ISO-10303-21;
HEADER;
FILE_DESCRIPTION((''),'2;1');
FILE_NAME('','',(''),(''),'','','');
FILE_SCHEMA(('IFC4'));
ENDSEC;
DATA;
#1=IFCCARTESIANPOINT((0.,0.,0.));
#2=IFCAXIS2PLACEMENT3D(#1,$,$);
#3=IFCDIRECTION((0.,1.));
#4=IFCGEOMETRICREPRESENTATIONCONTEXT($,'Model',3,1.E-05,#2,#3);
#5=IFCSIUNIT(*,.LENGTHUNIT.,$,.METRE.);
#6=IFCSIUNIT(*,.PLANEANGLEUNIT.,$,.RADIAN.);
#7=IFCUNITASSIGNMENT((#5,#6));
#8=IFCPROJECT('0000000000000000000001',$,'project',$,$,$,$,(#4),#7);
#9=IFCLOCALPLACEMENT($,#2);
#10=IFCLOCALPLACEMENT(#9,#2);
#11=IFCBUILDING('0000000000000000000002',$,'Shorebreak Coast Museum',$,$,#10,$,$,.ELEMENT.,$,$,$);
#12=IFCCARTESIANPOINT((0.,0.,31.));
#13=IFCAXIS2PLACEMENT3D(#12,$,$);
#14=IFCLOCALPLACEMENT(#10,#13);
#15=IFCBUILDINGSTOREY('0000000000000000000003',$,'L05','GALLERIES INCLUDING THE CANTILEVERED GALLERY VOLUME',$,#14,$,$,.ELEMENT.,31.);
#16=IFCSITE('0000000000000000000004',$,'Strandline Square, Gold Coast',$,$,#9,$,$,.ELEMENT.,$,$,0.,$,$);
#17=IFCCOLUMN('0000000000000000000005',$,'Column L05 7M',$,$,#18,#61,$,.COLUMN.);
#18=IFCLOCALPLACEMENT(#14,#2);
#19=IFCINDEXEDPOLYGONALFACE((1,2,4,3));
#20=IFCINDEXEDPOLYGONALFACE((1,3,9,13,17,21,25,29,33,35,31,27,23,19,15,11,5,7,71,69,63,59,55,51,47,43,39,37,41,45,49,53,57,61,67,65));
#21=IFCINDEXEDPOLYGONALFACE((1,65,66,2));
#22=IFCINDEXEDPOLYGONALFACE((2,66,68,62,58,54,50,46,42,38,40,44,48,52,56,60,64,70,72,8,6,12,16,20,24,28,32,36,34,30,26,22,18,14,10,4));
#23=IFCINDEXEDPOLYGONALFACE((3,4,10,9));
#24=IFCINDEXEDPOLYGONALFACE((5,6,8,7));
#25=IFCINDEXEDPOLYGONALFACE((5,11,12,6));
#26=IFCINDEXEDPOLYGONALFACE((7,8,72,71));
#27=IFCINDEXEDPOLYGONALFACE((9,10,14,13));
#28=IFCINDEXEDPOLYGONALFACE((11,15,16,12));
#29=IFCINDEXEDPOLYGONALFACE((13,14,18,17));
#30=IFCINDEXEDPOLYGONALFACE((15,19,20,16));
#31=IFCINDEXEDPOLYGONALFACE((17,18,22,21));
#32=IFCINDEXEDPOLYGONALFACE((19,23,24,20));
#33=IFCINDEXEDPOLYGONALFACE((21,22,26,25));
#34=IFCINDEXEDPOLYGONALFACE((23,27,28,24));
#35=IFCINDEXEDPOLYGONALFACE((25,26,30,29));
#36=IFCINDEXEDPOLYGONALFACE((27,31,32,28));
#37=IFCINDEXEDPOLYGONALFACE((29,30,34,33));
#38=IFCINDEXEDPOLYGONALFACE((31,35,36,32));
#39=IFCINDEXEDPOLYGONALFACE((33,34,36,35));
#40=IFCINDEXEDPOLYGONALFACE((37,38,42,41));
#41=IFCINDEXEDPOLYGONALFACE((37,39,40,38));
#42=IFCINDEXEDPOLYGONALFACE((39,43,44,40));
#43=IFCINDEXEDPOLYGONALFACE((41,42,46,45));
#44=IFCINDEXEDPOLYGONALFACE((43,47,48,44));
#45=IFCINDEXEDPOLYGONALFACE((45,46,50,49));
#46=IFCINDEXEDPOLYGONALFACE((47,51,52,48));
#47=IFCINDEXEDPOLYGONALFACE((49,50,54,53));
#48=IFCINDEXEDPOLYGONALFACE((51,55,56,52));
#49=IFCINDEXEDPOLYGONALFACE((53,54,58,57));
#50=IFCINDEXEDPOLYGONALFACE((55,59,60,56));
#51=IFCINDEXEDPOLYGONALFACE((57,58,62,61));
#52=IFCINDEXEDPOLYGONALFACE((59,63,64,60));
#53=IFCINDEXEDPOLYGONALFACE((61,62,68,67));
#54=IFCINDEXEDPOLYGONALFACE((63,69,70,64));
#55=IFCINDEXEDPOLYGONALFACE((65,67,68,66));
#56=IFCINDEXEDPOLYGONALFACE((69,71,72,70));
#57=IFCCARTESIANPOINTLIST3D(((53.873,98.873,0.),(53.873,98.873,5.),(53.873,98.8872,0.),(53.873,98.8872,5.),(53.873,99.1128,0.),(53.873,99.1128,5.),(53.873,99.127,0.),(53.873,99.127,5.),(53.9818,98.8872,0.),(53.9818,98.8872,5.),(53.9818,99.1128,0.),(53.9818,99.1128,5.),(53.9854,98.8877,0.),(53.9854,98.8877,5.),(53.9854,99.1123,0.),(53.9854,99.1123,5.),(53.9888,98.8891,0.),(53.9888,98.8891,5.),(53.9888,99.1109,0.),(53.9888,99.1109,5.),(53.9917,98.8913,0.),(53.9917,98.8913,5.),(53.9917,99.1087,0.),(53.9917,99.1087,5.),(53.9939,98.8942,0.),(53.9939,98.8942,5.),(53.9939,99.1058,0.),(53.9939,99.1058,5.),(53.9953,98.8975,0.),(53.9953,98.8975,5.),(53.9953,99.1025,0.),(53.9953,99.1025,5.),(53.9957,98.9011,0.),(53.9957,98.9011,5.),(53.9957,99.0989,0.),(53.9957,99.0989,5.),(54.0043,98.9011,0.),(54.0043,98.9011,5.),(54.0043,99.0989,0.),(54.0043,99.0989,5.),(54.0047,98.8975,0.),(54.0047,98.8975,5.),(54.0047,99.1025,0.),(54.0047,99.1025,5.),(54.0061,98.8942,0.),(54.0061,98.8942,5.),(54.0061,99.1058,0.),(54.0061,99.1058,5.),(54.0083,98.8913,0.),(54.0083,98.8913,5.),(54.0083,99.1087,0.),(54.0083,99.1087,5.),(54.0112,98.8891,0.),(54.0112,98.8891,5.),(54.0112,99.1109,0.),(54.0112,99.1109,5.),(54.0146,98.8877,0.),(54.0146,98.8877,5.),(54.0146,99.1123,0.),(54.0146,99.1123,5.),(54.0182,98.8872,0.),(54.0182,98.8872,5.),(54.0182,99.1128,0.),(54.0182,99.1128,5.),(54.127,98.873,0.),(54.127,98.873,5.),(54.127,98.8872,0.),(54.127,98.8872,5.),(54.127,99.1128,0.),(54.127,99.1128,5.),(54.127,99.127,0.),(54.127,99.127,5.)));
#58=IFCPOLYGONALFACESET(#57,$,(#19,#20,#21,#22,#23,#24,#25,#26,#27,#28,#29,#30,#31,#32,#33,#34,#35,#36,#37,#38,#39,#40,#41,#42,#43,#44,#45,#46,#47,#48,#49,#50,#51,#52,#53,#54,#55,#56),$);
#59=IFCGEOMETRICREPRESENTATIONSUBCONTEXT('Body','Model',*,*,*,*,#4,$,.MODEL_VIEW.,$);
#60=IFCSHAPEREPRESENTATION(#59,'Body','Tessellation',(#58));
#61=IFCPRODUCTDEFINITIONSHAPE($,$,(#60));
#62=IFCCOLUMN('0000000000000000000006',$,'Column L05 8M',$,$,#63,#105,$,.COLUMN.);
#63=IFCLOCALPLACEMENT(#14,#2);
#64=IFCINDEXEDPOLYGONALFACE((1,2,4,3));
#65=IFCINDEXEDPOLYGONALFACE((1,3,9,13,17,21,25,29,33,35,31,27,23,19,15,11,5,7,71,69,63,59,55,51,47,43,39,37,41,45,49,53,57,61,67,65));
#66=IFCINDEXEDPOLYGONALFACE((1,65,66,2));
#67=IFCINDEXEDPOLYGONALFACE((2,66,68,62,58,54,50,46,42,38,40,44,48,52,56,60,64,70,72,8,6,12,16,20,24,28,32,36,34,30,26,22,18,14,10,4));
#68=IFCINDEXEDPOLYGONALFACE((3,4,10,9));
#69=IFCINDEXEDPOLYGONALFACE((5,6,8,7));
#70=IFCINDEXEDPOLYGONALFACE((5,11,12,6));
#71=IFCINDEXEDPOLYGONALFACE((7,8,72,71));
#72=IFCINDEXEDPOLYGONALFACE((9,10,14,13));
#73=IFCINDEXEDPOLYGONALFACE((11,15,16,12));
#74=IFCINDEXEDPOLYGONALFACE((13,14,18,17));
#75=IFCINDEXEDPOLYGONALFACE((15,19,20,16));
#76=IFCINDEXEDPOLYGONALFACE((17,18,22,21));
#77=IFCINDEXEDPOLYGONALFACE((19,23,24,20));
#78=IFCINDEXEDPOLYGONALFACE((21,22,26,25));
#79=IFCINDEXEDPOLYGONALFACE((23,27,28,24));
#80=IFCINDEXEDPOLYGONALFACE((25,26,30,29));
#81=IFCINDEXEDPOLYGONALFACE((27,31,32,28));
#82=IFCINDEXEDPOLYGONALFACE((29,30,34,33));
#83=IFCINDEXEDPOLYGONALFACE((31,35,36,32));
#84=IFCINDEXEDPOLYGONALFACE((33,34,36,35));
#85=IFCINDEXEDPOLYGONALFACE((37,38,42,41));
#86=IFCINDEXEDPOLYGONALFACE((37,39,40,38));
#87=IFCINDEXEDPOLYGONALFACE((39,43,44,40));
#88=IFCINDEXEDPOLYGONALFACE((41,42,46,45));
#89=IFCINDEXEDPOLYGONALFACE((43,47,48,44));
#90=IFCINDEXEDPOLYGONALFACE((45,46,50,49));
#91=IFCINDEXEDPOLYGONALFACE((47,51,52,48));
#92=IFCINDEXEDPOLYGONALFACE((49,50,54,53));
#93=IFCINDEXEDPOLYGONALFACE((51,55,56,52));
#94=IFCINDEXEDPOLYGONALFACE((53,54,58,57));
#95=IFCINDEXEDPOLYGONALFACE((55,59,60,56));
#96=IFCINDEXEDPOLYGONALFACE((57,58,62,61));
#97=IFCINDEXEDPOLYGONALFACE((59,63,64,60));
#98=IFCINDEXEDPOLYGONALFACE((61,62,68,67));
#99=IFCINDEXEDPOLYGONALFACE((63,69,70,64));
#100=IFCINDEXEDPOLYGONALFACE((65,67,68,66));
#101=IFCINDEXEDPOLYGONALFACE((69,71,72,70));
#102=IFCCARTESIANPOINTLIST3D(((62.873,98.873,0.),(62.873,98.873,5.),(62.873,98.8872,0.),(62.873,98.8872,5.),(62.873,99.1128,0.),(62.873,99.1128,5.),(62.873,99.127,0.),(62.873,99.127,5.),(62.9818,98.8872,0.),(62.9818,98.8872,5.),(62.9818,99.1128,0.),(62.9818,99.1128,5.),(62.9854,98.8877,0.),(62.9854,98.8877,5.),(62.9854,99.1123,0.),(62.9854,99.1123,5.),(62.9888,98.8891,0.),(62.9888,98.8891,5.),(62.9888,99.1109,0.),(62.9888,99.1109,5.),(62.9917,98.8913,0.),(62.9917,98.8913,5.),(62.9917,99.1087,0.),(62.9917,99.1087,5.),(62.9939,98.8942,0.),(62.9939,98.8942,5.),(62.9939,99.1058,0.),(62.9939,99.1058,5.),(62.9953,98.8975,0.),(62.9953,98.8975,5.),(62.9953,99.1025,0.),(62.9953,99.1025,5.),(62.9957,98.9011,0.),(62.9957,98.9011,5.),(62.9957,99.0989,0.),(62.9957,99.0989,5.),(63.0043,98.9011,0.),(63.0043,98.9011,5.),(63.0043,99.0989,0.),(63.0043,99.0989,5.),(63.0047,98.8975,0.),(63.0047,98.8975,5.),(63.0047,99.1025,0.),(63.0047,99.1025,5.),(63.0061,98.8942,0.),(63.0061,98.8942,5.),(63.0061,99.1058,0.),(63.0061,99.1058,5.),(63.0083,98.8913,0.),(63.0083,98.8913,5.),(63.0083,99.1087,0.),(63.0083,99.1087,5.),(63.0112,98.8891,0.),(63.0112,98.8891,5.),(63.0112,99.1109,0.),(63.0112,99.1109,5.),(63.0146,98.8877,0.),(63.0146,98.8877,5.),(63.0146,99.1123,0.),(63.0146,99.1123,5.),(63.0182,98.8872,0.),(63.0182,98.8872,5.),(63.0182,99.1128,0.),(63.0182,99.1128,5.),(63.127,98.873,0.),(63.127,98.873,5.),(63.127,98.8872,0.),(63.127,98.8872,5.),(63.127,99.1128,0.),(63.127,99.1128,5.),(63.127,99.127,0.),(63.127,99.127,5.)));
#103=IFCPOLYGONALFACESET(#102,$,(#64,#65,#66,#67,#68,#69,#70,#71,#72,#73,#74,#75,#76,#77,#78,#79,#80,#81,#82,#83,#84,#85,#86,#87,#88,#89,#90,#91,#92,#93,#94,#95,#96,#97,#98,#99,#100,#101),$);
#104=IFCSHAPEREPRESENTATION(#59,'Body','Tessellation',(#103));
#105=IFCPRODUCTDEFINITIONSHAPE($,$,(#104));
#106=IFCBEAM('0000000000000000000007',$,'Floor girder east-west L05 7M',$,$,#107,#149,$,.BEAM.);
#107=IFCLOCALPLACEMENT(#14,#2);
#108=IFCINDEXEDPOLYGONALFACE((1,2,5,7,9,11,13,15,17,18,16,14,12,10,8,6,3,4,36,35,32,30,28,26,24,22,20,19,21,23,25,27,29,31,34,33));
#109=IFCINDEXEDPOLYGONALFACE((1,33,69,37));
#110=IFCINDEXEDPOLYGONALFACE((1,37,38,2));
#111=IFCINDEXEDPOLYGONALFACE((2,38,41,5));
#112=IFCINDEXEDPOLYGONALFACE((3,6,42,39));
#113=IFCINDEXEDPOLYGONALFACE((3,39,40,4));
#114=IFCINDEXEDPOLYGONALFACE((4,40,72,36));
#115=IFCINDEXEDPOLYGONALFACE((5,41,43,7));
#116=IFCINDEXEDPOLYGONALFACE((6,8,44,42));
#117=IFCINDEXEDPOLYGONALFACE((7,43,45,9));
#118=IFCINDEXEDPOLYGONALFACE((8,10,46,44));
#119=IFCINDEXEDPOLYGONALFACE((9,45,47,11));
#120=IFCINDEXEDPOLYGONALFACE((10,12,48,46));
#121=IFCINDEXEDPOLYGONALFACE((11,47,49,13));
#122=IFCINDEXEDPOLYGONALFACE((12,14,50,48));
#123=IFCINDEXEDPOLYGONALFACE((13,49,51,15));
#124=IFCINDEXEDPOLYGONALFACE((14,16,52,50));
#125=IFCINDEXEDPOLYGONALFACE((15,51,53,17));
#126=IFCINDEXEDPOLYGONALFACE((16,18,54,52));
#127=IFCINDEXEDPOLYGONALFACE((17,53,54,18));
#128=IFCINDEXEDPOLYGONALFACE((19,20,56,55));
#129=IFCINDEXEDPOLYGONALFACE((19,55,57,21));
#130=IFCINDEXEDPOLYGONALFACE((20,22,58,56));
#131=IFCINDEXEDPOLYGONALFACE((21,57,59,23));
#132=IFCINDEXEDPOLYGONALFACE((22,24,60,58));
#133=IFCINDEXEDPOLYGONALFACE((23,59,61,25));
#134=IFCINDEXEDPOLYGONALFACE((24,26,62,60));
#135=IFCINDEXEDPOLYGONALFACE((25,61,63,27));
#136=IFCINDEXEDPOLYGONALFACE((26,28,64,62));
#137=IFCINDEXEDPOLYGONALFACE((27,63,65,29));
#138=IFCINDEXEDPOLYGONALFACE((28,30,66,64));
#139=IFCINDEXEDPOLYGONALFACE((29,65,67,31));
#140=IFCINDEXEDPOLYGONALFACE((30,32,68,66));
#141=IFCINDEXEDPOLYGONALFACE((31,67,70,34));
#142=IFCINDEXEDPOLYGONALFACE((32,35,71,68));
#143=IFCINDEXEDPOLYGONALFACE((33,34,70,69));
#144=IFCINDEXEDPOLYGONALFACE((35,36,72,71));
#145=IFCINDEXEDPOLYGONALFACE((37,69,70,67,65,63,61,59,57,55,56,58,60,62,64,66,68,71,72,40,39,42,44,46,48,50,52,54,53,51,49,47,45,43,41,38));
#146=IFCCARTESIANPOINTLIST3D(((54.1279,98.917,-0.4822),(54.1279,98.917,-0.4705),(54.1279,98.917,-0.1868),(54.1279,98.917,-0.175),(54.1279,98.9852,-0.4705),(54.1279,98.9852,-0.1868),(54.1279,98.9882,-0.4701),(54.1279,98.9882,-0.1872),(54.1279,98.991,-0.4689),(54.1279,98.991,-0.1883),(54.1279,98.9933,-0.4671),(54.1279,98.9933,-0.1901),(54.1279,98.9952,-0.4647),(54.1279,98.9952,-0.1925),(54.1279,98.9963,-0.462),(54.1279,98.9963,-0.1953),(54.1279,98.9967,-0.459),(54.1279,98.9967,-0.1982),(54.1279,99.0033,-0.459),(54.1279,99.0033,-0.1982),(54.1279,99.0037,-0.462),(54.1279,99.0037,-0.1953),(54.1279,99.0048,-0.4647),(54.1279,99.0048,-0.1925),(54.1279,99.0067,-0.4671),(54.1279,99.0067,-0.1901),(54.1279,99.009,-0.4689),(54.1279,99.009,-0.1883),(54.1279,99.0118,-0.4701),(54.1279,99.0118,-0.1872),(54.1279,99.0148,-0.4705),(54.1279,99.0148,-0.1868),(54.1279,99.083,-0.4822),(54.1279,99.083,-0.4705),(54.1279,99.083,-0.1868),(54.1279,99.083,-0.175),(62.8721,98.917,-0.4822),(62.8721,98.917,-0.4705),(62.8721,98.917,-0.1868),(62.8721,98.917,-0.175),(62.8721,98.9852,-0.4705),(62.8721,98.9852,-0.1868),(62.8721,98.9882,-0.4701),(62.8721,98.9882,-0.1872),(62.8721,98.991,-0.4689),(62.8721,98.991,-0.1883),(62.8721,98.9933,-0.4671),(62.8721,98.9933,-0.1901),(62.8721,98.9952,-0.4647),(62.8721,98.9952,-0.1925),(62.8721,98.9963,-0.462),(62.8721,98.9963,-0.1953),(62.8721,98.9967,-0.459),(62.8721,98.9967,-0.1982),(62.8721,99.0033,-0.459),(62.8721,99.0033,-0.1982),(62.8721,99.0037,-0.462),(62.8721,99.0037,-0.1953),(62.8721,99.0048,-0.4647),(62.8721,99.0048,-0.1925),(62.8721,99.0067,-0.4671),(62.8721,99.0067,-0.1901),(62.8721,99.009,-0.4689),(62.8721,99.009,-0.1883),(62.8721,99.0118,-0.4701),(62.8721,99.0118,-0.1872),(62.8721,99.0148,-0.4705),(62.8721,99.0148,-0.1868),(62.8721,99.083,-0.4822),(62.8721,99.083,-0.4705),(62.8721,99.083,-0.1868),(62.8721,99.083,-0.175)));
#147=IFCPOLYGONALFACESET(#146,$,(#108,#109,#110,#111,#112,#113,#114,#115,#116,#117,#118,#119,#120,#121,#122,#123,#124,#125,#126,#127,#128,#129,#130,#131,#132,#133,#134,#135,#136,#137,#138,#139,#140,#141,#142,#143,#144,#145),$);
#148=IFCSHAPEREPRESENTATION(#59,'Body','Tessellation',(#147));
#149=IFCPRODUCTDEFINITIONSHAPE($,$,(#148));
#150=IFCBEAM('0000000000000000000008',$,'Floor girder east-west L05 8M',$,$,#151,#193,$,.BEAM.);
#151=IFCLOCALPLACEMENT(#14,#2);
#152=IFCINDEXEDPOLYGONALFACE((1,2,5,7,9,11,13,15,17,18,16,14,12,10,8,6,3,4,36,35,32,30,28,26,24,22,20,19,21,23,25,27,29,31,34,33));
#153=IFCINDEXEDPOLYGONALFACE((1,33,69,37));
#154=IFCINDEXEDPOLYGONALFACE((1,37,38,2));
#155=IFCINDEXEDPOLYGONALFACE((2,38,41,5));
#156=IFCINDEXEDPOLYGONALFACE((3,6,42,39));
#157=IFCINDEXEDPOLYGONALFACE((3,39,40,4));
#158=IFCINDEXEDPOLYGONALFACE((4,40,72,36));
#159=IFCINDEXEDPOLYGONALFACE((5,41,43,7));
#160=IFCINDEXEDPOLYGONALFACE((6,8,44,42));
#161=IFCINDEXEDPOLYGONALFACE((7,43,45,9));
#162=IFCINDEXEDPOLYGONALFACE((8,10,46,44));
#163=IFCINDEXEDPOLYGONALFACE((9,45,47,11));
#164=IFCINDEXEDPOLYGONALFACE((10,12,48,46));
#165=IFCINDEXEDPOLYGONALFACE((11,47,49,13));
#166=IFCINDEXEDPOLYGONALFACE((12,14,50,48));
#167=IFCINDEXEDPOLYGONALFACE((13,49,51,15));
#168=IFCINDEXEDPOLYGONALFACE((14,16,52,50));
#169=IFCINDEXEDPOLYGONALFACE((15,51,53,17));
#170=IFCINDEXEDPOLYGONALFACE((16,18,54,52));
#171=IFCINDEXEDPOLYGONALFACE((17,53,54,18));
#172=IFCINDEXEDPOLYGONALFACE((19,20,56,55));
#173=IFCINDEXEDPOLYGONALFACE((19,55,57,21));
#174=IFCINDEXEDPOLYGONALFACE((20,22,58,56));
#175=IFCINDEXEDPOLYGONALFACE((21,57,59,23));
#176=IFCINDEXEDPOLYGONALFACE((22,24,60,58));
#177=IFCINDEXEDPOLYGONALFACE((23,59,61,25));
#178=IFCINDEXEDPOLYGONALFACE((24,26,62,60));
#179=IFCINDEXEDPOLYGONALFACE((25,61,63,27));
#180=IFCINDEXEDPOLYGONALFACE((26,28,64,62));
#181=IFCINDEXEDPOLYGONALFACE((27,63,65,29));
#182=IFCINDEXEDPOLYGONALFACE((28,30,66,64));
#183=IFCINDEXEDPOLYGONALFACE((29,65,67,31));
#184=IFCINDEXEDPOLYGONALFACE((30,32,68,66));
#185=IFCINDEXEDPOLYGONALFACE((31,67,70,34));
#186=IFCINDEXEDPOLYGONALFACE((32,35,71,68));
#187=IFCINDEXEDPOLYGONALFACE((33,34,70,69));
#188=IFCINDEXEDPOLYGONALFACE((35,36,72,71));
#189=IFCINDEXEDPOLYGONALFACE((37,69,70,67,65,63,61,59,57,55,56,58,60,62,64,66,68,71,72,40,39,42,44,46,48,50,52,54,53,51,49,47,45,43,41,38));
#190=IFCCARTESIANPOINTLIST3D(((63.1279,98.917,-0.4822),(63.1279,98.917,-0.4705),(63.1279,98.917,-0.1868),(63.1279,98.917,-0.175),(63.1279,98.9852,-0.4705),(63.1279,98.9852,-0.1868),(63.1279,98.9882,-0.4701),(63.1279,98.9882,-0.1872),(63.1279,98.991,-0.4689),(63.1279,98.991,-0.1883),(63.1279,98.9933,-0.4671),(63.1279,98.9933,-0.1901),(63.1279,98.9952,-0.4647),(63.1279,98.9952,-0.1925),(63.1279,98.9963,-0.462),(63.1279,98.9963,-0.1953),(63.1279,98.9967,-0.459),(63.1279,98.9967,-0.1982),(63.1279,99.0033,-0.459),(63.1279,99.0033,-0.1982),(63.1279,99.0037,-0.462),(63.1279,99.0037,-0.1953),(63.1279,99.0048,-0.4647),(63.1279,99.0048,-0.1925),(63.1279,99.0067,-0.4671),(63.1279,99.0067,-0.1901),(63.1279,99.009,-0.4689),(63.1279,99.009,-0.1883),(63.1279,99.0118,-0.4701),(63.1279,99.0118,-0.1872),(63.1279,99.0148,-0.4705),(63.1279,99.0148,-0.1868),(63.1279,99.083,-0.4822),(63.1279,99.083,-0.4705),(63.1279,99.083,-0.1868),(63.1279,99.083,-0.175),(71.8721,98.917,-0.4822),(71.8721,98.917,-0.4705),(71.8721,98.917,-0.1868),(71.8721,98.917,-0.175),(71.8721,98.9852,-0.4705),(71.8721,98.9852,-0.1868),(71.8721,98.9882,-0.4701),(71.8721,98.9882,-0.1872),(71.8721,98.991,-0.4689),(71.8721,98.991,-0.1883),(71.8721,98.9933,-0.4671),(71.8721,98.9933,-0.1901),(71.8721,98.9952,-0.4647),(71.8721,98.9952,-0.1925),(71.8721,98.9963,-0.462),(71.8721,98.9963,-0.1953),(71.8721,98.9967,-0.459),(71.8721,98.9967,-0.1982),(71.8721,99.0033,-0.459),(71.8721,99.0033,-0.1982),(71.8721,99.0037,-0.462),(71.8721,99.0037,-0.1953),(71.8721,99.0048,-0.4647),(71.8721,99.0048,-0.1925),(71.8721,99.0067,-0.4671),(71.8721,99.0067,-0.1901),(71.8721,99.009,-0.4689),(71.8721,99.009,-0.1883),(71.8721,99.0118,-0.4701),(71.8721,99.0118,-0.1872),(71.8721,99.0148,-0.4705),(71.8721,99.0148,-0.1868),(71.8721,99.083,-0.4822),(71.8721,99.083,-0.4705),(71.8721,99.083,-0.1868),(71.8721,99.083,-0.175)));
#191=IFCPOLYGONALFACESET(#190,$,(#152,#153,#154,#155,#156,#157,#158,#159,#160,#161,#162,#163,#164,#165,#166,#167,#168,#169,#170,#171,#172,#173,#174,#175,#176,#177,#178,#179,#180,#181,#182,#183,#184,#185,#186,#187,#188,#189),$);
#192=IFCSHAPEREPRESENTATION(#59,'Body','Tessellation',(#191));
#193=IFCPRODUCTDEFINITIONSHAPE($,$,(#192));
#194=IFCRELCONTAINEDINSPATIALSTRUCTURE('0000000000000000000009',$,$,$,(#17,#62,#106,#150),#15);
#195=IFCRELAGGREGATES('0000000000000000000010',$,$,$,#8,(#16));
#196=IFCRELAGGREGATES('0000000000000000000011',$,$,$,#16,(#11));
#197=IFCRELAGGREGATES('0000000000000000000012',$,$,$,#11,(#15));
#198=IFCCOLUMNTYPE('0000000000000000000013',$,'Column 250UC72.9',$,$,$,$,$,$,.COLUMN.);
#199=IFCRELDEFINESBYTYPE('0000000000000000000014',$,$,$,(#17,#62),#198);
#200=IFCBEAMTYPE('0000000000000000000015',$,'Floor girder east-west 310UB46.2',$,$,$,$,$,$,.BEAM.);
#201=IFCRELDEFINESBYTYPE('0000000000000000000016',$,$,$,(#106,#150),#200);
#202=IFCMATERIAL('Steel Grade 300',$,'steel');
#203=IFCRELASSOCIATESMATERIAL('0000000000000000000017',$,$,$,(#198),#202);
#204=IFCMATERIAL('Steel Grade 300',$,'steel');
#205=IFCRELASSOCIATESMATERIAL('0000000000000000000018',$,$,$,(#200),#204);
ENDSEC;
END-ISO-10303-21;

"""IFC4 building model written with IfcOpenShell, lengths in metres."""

from ifc_helpers import new_model, si_unit, direction, frame, origin, origin_2d, place, context, subcontext, project, spatial, i_section, extrude, material, material_profile, profile_set, type_object, element, save


model = new_model("IFC4")

# Units and contexts
model_context = context("Model", 3, precision=1e-05, world=origin(), true_north=direction((0.0, 1.0)))
body_context = subcontext(model_context, "Body", "Model", "MODEL_VIEW")
ifc_project = project(units=[si_unit("LENGTHUNIT", "METRE"), si_unit("PLANEANGLEUNIT", "RADIAN")], contexts=[model_context])

# Site, building, storey
site_placement = place(None, origin())
site = spatial("IfcSite", under=ifc_project, at=site_placement, Name="Strandline Square, Gold Coast", CompositionType="ELEMENT", RefElevation=0.0)
building_placement = place(site_placement, origin())
building = spatial("IfcBuilding", under=site, at=building_placement, Name="Shorebreak Coast Museum", CompositionType="ELEMENT")
storey_placement = place(building_placement, frame((0.0, 0.0, 31.0)))
storey = spatial("IfcBuildingStorey", under=building, at=storey_placement, Name="L05", Description="GALLERIES INCLUDING THE CANTILEVERED GALLERY VOLUME", CompositionType="ELEMENT", Elevation=31.0)

# Columns
ifc_material_1 = material(Name="Steel Grade 300", Category="steel")
ifc_material_profile_1 = material_profile(ifc_material_1, i_section(OverallWidth=0.2539, OverallDepth=0.2539, WebThickness=0.0085, FlangeThickness=0.0142, FilletRadius=0.0139, at=origin_2d()), Name="250UC72.9")
ifc_profile_set_1 = profile_set([ifc_material_profile_1], Name="Steel Grade 300")
column_type = type_object("IfcColumnType", Name="Column 250UC72.9", PredefinedType="COLUMN", material=ifc_profile_set_1)
for number, where, z_axis, x_axis, name in (
    (1, (54.0, 99.0, 0.0), (0.0, 0.0, 1.0), (1.0, 0.0, 0.0), "Column L05 7M"),
    (2, (63.0, 99.0, 0.0), (0.0, 0.0, 1.0), (1.0, 0.0, 0.0), "Column L05 8M"),
):
    element("IfcColumn", number, at=place(storey_placement, frame(where, z_axis=z_axis, x_axis=x_axis)), inside=storey, type_object=column_type, Name=name, PredefinedType="COLUMN", context=body_context, shape_type="SweptSolid", body=[
        extrude(i_section(OverallWidth=0.2539, OverallDepth=0.2539, WebThickness=0.0085, FlangeThickness=0.0142, FilletRadius=0.0139, at=origin_2d()), origin(), (0.0, 0.0, 1.0), 5.0),
    ])

# Beams
ifc_material_2 = material(Name="Steel Grade 300", Category="steel")
ifc_material_profile_2 = material_profile(ifc_material_2, i_section(OverallWidth=0.166, OverallDepth=0.3071, WebThickness=0.0066, FlangeThickness=0.0117, FilletRadius=0.0115, at=origin_2d()), Name="310UB46.2")
ifc_profile_set_2 = profile_set([ifc_material_profile_2], Name="Steel Grade 300")
beam_type_1 = type_object("IfcBeamType", Name="Floor girder east-west 310UB46.2", PredefinedType="BEAM", material=ifc_profile_set_2)
for number, where, z_axis, x_axis, name in (
    (3, (54.1279, 99.0, -0.3286), (1.0, 0.0, 0.0), (0.0, 1.0, 0.0), "Floor girder east-west L05 7M"),
    (4, (63.1279, 99.0, -0.3286), (1.0, 0.0, 0.0), (0.0, 1.0, 0.0), "Floor girder east-west L05 8M"),
):
    element("IfcBeam", number, at=place(storey_placement, frame(where, z_axis=z_axis, x_axis=x_axis)), inside=storey, type_object=beam_type_1, Name=name, PredefinedType="BEAM", context=body_context, shape_type="SweptSolid", body=[
        extrude(i_section(OverallWidth=0.166, OverallDepth=0.3071, WebThickness=0.0066, FlangeThickness=0.0117, FilletRadius=0.0115, at=origin_2d()), origin(), (0.0, 0.0, 1.0), 8.7441),
    ])

save(model, "model.ifc")
